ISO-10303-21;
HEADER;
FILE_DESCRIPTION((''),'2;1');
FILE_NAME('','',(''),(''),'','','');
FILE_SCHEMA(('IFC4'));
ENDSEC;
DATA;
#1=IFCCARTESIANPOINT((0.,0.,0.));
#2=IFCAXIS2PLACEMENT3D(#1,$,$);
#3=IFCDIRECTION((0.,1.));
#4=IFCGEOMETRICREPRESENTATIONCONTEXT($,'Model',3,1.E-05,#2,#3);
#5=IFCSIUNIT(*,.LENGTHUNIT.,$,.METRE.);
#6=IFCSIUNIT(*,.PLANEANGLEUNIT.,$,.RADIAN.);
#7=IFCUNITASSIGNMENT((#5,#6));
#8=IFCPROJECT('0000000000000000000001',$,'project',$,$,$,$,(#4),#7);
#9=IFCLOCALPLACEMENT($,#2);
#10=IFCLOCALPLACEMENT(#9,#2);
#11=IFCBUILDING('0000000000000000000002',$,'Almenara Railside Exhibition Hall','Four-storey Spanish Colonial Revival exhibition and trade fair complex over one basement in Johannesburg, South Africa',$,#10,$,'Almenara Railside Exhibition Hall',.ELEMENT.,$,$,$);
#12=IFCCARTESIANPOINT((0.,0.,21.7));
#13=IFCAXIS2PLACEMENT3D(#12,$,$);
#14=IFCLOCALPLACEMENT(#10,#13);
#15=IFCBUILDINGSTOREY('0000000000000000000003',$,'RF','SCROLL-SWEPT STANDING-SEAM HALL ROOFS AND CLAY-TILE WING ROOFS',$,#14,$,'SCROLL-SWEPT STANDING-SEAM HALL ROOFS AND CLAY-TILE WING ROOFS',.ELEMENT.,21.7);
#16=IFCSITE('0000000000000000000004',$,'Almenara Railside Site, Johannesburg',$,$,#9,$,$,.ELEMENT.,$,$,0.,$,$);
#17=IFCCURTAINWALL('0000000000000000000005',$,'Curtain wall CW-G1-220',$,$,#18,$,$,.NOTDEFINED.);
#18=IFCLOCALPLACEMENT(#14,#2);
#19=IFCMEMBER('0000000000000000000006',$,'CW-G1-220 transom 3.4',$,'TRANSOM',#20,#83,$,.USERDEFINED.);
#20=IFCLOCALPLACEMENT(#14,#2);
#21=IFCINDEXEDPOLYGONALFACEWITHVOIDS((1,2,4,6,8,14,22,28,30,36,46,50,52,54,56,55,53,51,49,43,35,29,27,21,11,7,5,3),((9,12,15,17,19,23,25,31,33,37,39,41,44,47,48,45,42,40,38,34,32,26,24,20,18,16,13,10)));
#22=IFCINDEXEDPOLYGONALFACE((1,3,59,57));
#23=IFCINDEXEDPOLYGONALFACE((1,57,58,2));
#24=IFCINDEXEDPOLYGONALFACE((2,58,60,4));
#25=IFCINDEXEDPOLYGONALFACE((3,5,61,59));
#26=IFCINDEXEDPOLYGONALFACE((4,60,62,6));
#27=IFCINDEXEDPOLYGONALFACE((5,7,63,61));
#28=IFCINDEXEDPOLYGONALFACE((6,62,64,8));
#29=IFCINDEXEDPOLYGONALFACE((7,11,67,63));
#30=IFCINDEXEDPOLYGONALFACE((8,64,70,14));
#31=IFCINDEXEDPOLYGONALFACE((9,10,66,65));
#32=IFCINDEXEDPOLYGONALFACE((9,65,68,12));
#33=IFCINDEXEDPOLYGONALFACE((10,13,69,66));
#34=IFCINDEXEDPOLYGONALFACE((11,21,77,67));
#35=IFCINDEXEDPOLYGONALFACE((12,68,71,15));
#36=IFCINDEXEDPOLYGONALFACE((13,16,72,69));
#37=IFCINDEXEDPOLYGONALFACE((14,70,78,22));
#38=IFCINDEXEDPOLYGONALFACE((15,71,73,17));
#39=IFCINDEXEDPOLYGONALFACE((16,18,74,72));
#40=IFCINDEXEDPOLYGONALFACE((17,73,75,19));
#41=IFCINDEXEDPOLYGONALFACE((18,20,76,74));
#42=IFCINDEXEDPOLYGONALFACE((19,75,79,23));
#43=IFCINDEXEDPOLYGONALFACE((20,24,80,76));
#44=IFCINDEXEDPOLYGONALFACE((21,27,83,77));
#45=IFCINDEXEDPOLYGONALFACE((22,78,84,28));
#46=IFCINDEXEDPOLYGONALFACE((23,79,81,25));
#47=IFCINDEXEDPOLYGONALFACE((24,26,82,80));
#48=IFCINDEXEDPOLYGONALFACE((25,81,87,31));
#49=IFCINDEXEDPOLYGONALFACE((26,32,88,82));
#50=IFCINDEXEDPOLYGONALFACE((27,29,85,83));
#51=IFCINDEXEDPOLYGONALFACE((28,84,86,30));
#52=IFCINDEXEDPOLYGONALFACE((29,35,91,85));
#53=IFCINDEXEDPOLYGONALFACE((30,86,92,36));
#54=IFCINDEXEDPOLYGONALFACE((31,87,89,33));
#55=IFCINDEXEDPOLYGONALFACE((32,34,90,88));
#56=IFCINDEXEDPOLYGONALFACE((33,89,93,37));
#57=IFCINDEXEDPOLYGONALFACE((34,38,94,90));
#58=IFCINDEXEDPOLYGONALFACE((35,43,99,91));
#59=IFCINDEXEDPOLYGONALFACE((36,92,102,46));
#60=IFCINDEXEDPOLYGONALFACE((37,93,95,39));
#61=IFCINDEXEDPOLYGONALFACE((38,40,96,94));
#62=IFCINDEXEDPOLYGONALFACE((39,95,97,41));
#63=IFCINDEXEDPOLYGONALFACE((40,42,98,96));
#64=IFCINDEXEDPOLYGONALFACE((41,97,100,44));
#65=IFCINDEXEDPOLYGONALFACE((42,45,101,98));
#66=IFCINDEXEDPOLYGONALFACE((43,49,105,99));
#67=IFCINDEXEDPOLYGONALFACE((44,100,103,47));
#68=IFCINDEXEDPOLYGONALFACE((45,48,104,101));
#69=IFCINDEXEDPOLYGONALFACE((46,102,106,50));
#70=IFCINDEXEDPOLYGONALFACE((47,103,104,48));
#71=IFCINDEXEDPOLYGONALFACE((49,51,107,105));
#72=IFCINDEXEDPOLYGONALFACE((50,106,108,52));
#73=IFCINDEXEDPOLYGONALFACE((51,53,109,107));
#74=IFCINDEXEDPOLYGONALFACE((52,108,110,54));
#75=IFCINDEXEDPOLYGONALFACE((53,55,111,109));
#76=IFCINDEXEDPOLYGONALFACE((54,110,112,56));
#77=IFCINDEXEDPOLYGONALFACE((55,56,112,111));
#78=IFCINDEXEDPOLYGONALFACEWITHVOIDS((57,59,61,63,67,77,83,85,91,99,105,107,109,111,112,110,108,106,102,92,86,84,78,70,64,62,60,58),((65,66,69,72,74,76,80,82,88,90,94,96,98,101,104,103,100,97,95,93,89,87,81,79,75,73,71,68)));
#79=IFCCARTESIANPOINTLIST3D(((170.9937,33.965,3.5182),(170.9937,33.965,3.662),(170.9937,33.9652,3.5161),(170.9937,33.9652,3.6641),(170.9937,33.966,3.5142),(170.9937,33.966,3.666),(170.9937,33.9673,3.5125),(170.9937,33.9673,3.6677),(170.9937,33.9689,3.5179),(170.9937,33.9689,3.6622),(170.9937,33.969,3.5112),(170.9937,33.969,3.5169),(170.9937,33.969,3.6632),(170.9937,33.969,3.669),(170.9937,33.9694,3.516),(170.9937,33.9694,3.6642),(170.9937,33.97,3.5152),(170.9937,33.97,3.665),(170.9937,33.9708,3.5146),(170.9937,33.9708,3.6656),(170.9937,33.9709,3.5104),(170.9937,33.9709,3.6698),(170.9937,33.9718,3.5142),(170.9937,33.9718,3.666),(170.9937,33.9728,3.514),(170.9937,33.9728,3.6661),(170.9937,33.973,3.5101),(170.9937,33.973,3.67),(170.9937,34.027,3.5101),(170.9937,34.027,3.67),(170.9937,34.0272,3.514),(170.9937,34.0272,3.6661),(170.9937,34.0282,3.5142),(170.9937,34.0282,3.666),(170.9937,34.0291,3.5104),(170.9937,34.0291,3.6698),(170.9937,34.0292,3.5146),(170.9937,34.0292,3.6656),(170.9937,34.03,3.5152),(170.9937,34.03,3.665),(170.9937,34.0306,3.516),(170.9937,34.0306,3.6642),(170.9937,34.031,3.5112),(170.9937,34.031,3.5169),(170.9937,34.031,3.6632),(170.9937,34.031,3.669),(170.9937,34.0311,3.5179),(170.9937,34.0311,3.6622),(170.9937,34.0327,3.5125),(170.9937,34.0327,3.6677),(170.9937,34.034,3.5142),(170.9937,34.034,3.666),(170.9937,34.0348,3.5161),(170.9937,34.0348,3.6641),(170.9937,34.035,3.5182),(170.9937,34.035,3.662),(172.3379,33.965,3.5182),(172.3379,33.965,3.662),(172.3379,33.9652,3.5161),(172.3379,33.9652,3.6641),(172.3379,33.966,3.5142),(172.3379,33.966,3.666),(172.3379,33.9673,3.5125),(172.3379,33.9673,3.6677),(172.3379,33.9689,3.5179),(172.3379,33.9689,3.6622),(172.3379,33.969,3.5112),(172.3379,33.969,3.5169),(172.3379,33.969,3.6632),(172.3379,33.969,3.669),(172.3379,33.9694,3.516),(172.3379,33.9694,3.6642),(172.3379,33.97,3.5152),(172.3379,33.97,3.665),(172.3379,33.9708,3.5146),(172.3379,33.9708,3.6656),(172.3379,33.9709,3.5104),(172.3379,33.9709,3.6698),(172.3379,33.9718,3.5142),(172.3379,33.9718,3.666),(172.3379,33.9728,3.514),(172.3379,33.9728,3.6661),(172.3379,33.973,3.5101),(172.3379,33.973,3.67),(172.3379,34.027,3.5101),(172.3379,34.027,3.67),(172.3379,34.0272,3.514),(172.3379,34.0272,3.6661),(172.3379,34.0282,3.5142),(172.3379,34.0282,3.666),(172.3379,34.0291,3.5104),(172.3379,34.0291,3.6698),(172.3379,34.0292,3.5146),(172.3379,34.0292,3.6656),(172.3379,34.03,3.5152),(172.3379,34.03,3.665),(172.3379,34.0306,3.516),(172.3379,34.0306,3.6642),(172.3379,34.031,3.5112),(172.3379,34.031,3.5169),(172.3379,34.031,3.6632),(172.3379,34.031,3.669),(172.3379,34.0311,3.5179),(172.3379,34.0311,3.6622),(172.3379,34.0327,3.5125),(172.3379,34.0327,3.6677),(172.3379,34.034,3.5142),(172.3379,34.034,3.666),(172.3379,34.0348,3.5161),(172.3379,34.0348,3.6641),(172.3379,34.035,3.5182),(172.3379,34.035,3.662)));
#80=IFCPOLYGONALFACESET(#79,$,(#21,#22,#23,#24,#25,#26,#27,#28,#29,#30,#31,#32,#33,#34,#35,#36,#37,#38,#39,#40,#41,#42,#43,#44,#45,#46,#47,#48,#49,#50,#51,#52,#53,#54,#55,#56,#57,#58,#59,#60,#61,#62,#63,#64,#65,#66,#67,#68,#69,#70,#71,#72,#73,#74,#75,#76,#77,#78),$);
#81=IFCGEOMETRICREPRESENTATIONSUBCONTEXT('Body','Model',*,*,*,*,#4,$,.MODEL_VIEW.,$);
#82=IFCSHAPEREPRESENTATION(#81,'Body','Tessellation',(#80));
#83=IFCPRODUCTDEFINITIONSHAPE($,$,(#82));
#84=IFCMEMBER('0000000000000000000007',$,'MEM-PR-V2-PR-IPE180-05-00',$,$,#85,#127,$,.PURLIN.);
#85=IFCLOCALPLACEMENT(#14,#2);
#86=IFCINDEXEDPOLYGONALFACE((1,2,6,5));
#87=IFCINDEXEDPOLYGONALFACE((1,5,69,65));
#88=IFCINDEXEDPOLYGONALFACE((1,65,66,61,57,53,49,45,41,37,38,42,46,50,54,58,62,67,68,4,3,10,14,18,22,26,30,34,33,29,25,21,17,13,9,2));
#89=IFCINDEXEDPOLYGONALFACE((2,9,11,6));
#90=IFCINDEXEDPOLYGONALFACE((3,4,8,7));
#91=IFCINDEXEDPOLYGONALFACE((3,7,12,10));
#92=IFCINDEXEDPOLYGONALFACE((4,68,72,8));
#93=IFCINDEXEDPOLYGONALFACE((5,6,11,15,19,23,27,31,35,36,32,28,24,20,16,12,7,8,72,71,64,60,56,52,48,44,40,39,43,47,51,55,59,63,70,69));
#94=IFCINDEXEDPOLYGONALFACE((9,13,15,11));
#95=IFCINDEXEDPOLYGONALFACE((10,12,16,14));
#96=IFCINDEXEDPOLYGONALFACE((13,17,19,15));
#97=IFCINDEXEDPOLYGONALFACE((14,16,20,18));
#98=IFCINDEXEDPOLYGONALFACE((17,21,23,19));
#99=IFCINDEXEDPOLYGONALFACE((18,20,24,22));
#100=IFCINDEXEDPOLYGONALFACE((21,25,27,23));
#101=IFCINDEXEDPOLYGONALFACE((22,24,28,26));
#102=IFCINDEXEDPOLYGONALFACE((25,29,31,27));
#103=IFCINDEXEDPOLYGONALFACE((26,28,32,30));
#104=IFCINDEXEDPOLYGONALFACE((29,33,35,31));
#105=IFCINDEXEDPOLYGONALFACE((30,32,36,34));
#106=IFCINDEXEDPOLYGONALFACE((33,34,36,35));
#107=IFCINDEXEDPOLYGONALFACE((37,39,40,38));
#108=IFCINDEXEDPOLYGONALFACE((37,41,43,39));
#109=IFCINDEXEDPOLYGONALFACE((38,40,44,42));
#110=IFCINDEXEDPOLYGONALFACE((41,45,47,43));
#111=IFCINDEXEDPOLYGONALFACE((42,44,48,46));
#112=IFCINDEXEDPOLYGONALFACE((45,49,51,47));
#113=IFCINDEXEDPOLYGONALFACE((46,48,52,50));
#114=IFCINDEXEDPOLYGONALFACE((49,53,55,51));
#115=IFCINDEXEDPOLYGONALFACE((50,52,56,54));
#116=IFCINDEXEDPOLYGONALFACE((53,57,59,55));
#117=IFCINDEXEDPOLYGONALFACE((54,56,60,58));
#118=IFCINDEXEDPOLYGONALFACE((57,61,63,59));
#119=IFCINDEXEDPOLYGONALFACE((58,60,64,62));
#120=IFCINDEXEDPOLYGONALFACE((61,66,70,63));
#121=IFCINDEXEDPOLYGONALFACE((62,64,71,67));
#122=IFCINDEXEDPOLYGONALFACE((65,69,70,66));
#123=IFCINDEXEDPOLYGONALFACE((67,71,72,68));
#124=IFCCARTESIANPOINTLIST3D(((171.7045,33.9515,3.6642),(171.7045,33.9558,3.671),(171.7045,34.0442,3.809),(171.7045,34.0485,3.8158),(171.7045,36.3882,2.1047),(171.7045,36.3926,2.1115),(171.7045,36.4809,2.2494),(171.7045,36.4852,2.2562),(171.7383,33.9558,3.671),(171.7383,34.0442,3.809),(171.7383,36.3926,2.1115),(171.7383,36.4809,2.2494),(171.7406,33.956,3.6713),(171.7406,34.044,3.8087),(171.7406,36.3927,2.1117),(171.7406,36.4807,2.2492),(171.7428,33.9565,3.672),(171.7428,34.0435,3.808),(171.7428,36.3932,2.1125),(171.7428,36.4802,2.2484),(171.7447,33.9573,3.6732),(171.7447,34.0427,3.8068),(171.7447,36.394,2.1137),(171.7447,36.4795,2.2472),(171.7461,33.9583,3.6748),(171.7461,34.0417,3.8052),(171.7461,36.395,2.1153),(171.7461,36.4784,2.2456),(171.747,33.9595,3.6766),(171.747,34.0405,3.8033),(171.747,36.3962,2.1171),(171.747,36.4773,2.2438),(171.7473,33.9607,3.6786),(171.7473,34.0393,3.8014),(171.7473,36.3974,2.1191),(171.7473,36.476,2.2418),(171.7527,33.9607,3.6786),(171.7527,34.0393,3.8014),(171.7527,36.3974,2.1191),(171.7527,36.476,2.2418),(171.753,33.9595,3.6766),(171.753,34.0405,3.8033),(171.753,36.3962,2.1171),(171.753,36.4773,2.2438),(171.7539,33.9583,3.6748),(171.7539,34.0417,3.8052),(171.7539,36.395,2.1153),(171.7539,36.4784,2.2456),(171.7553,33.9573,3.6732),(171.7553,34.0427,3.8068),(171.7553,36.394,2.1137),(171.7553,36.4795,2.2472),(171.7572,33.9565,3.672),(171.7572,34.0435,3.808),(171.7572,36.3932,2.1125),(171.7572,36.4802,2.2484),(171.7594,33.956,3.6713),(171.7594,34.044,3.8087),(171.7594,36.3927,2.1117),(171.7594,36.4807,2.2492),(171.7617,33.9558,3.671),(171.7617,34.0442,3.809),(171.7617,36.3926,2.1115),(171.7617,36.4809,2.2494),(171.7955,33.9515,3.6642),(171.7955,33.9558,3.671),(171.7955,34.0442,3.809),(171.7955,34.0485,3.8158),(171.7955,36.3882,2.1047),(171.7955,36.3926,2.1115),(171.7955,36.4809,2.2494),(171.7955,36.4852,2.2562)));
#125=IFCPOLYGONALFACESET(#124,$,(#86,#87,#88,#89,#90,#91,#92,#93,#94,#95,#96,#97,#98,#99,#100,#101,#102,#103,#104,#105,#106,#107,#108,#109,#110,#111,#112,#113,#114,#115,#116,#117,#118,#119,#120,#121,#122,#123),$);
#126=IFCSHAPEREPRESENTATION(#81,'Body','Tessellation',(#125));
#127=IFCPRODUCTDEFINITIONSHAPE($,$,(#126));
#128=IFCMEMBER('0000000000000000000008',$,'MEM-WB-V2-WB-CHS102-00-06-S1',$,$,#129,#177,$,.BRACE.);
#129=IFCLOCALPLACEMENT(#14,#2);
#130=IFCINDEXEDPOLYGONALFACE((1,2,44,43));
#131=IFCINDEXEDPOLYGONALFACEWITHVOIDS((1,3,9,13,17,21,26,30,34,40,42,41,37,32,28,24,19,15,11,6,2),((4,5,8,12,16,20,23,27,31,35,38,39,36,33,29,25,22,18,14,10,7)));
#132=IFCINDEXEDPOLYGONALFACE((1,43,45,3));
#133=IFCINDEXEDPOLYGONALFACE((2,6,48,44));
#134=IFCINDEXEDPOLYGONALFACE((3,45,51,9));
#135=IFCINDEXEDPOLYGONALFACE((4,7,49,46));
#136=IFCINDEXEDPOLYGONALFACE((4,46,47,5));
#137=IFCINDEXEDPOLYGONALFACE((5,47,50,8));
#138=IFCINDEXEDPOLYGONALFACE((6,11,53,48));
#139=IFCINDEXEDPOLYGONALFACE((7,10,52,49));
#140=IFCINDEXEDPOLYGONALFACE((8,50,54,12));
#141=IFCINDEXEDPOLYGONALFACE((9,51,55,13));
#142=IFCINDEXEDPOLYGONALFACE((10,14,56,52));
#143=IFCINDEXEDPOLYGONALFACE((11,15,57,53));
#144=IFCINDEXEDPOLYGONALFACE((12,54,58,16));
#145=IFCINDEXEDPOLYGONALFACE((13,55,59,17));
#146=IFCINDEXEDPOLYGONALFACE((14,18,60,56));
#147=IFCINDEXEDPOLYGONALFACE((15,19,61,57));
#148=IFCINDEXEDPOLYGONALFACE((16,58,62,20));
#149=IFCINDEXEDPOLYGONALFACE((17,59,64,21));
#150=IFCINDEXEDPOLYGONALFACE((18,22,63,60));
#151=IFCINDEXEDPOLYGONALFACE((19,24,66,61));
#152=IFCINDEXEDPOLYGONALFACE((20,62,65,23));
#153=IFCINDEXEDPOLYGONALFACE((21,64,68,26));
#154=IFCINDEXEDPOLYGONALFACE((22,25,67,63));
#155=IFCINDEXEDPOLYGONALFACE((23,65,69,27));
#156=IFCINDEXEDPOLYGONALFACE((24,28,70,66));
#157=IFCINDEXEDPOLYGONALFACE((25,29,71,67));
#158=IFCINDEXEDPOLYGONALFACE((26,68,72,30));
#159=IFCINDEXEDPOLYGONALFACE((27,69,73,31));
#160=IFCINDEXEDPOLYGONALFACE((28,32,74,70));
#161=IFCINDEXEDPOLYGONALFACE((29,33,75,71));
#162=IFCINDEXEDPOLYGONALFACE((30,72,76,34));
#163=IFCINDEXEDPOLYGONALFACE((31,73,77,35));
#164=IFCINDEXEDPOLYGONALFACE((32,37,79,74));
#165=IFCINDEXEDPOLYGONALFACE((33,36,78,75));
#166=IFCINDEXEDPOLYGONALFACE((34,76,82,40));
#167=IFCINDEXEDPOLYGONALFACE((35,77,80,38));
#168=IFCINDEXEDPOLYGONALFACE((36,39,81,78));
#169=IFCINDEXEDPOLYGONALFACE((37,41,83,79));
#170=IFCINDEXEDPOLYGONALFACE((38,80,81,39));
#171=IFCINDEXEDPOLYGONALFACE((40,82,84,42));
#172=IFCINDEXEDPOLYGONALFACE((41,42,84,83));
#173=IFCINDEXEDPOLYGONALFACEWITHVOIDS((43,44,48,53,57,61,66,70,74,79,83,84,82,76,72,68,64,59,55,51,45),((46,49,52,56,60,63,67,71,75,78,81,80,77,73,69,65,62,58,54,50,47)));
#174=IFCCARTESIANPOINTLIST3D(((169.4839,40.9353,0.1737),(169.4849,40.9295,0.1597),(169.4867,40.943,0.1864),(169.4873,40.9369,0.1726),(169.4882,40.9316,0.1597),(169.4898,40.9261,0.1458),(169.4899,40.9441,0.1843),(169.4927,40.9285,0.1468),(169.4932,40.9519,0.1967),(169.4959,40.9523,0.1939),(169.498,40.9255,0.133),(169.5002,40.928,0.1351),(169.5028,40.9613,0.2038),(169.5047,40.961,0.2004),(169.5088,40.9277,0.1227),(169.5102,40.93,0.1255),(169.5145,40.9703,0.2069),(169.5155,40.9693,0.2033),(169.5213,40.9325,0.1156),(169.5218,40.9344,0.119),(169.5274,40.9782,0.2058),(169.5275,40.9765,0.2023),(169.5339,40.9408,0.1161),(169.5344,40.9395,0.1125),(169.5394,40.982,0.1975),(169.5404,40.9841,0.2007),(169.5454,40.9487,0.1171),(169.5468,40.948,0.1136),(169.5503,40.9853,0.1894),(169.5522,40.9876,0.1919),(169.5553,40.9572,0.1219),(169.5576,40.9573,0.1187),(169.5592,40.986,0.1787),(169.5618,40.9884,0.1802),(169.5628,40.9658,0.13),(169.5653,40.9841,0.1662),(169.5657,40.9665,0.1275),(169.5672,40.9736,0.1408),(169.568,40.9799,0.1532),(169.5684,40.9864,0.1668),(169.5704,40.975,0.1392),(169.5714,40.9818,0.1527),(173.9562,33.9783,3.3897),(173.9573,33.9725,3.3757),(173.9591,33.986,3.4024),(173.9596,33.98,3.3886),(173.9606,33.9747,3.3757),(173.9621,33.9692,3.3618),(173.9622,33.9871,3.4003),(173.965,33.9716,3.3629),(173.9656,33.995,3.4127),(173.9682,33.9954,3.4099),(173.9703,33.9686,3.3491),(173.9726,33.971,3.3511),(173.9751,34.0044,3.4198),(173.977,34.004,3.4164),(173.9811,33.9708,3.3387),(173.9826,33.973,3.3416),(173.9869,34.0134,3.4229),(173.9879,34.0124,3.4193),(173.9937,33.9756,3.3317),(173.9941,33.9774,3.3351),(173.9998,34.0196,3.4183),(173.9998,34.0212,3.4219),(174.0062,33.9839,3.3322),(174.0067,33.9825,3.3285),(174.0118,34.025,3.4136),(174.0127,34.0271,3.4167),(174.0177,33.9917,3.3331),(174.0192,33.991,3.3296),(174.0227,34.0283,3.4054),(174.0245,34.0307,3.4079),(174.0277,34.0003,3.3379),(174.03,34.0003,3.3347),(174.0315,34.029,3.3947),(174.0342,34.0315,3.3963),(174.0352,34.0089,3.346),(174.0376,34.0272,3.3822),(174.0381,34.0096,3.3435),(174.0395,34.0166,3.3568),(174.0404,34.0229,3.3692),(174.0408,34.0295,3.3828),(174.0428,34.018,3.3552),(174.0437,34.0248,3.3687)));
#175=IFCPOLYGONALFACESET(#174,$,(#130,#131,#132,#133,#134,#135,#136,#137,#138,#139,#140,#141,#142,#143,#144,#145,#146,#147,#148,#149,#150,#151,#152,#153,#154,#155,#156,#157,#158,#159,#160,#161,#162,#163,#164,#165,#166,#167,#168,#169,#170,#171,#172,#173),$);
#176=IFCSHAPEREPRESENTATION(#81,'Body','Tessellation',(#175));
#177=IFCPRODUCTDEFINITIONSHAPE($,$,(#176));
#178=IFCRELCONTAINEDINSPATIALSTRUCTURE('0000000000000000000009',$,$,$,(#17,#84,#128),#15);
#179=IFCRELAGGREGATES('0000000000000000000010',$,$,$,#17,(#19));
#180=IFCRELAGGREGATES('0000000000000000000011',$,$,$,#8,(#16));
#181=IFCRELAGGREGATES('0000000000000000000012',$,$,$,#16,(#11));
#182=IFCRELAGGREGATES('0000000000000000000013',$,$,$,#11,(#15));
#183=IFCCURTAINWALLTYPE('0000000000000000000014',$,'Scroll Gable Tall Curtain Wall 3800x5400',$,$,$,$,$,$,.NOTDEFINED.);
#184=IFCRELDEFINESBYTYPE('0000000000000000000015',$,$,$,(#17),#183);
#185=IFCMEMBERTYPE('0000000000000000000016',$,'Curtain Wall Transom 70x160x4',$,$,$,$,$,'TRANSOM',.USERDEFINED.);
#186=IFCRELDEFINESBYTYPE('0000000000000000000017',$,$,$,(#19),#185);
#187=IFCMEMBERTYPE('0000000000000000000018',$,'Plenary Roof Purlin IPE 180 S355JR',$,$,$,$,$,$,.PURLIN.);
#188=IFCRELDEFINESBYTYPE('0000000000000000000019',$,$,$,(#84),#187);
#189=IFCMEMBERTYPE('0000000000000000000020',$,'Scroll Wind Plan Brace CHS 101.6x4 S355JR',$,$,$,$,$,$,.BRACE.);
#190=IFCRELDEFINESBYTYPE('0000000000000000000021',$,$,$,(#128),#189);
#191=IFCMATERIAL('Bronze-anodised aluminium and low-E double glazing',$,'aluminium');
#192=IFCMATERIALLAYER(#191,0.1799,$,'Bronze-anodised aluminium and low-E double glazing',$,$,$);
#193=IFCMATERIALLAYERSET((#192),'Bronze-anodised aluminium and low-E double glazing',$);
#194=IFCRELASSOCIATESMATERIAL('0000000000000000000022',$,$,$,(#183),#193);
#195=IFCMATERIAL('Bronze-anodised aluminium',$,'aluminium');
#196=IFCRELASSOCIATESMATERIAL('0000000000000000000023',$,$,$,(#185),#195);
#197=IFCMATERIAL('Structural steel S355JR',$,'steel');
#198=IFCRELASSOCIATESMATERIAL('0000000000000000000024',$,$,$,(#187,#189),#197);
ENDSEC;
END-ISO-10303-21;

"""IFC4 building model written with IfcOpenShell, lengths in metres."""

from ifc_helpers import new_model, si_unit, direction, frame, origin, origin_2d, place, context, subcontext, project, spatial, hollow_rectangle, hollow_circle, i_section, extrude, material, layer, layer_set, material_profile, profile_set, type_object, element, aggregate, save


model = new_model("IFC4")

# Units and contexts
model_context = context("Model", 3, precision=1e-05, world=origin(), true_north=direction((0.0, 1.0)))
body_context = subcontext(model_context, "Body", "Model", "MODEL_VIEW")
ifc_project = project(units=[si_unit("LENGTHUNIT", "METRE"), si_unit("PLANEANGLEUNIT", "RADIAN")], contexts=[model_context])

# Site, building, storey
site_placement = place(None, origin())
site = spatial("IfcSite", under=ifc_project, at=site_placement, Name="Almenara Railside Site, Johannesburg", CompositionType="ELEMENT", RefElevation=0.0)
building_placement = place(site_placement, origin())
building = spatial("IfcBuilding", under=site, at=building_placement, Name="Almenara Railside Exhibition Hall", Description="Four-storey Spanish Colonial Revival exhibition and trade fair complex over one basement in Johannesburg, South Africa", LongName="Almenara Railside Exhibition Hall", CompositionType="ELEMENT")
storey_placement = place(building_placement, frame((0.0, 0.0, 21.7)))
storey = spatial("IfcBuildingStorey", under=building, at=storey_placement, Name="RF", Description="SCROLL-SWEPT STANDING-SEAM HALL ROOFS AND CLAY-TILE WING ROOFS", LongName="SCROLL-SWEPT STANDING-SEAM HALL ROOFS AND CLAY-TILE WING ROOFS", CompositionType="ELEMENT", Elevation=21.7)

# Shared definitions
ifc_material_1 = material(Name="Structural steel S355JR", Category="steel")

# Shared definitions
ifc_material_2 = material(Name="Bronze-anodised aluminium and low-E double glazing", Category="aluminium")
ifc_layer_1 = layer(ifc_material_2, 0.1799, Name="Bronze-anodised aluminium and low-E double glazing")
ifc_layer_set_1 = layer_set([ifc_layer_1], Name="Bronze-anodised aluminium and low-E double glazing")
curtain_wall_type = type_object("IfcCurtainWallType", Name="Scroll Gable Tall Curtain Wall 3800x5400", PredefinedType="NOTDEFINED", material=ifc_layer_set_1)
ifc_material_3 = material(Name="Bronze-anodised aluminium", Category="aluminium")

# Curtain wall
curtain_wall_1_placement = place(storey_placement, origin())
curtain_wall_1 = element("IfcCurtainWall", 1, at=curtain_wall_1_placement, inside=storey, type_object=curtain_wall_type, Name="Curtain wall CW-G1-220", PredefinedType="NOTDEFINED")

# Member
ifc_material_profile_1 = material_profile(ifc_material_3, hollow_rectangle(XDim=0.0701, YDim=0.1599, WallThickness=0.0039, InnerFilletRadius=0.0039, OuterFilletRadius=0.0081, at=origin_2d()), Name="ALU-TRN 70x160x4")
ifc_profile_set_1 = profile_set([ifc_material_profile_1], Name="Bronze-anodised aluminium")
member_type_1 = type_object("IfcMemberType", Name="Curtain Wall Transom 70x160x4", ElementType="TRANSOM", PredefinedType="USERDEFINED", material=ifc_profile_set_1)
member_1_placement = place(storey_placement, frame((170.9937, 34.0, 3.5901), z_axis=(1.0, 0.0, 0.0), x_axis=(0.0, 1.0, 0.0)))
member_1 = element("IfcMember", 2, at=member_1_placement, type_object=member_type_1, Name="CW-G1-220 transom 3.4", ObjectType="TRANSOM", PredefinedType="USERDEFINED", context=body_context, shape_type="SweptSolid", body=[
    extrude(hollow_rectangle(XDim=0.0701, YDim=0.1599, WallThickness=0.0039, InnerFilletRadius=0.0039, OuterFilletRadius=0.0081, at=origin_2d()), origin(), (0.0, 0.0, 1.0), 1.3442),
])

# Members
ifc_material_profile_2 = material_profile(ifc_material_1, i_section(OverallWidth=0.0911, OverallDepth=0.1799, WebThickness=0.0054, FlangeThickness=0.0081, FilletRadius=0.009, at=origin_2d()), Name="IPE 180")
ifc_profile_set_2 = profile_set([ifc_material_profile_2], Name="Structural steel S355JR")
member_type_2 = type_object("IfcMemberType", Name="Plenary Roof Purlin IPE 180 S355JR", PredefinedType="PURLIN", material=ifc_profile_set_2)
member_2_placement = place(storey_placement, frame((171.75, 34.0, 3.74), z_axis=(0.0, 0.842265, -0.539063), x_axis=(-1.0, 0.0, 0.0)))
element("IfcMember", 3, at=member_2_placement, inside=storey, type_object=member_type_2, Name="MEM-PR-V2-PR-IPE180-05-00", PredefinedType="PURLIN", context=body_context, shape_type="SweptSolid", body=[
    extrude(i_section(OverallWidth=0.0911, OverallDepth=0.1799, WebThickness=0.0054, FlangeThickness=0.0081, FilletRadius=0.009, at=origin_2d()), origin(), (0.0, 0.0, 1.0), 2.8931),
])
ifc_material_profile_3 = material_profile(ifc_material_1, hollow_circle(Radius=0.0508, WallThickness=0.0039, at=origin_2d()), Name="CHS 101.6x4")
ifc_profile_set_3 = profile_set([ifc_material_profile_3], Name="Structural steel S355JR")
member_type_3 = type_object("IfcMemberType", Name="Scroll Wind Plan Brace CHS 101.6x4 S355JR", PredefinedType="BRACE", material=ifc_profile_set_3)
member_3_placement = place(storey_placement, frame((174.0, 34.0, 3.3757), z_axis=(-0.503997, 0.783989, -0.362419), x_axis=(-0.841177, -0.540761, 0.0)))
element("IfcMember", 4, at=member_3_placement, inside=storey, type_object=member_type_3, Name="MEM-WB-V2-WB-CHS102-00-06-S1", PredefinedType="BRACE", context=body_context, shape_type="SweptSolid", body=[
    extrude(hollow_circle(Radius=0.0508, WallThickness=0.0039, at=origin_2d()), origin(), (0.0, 0.0, 1.0), 8.8738),
])

aggregate(curtain_wall_1, [member_1])

save(model, "model.ifc")
